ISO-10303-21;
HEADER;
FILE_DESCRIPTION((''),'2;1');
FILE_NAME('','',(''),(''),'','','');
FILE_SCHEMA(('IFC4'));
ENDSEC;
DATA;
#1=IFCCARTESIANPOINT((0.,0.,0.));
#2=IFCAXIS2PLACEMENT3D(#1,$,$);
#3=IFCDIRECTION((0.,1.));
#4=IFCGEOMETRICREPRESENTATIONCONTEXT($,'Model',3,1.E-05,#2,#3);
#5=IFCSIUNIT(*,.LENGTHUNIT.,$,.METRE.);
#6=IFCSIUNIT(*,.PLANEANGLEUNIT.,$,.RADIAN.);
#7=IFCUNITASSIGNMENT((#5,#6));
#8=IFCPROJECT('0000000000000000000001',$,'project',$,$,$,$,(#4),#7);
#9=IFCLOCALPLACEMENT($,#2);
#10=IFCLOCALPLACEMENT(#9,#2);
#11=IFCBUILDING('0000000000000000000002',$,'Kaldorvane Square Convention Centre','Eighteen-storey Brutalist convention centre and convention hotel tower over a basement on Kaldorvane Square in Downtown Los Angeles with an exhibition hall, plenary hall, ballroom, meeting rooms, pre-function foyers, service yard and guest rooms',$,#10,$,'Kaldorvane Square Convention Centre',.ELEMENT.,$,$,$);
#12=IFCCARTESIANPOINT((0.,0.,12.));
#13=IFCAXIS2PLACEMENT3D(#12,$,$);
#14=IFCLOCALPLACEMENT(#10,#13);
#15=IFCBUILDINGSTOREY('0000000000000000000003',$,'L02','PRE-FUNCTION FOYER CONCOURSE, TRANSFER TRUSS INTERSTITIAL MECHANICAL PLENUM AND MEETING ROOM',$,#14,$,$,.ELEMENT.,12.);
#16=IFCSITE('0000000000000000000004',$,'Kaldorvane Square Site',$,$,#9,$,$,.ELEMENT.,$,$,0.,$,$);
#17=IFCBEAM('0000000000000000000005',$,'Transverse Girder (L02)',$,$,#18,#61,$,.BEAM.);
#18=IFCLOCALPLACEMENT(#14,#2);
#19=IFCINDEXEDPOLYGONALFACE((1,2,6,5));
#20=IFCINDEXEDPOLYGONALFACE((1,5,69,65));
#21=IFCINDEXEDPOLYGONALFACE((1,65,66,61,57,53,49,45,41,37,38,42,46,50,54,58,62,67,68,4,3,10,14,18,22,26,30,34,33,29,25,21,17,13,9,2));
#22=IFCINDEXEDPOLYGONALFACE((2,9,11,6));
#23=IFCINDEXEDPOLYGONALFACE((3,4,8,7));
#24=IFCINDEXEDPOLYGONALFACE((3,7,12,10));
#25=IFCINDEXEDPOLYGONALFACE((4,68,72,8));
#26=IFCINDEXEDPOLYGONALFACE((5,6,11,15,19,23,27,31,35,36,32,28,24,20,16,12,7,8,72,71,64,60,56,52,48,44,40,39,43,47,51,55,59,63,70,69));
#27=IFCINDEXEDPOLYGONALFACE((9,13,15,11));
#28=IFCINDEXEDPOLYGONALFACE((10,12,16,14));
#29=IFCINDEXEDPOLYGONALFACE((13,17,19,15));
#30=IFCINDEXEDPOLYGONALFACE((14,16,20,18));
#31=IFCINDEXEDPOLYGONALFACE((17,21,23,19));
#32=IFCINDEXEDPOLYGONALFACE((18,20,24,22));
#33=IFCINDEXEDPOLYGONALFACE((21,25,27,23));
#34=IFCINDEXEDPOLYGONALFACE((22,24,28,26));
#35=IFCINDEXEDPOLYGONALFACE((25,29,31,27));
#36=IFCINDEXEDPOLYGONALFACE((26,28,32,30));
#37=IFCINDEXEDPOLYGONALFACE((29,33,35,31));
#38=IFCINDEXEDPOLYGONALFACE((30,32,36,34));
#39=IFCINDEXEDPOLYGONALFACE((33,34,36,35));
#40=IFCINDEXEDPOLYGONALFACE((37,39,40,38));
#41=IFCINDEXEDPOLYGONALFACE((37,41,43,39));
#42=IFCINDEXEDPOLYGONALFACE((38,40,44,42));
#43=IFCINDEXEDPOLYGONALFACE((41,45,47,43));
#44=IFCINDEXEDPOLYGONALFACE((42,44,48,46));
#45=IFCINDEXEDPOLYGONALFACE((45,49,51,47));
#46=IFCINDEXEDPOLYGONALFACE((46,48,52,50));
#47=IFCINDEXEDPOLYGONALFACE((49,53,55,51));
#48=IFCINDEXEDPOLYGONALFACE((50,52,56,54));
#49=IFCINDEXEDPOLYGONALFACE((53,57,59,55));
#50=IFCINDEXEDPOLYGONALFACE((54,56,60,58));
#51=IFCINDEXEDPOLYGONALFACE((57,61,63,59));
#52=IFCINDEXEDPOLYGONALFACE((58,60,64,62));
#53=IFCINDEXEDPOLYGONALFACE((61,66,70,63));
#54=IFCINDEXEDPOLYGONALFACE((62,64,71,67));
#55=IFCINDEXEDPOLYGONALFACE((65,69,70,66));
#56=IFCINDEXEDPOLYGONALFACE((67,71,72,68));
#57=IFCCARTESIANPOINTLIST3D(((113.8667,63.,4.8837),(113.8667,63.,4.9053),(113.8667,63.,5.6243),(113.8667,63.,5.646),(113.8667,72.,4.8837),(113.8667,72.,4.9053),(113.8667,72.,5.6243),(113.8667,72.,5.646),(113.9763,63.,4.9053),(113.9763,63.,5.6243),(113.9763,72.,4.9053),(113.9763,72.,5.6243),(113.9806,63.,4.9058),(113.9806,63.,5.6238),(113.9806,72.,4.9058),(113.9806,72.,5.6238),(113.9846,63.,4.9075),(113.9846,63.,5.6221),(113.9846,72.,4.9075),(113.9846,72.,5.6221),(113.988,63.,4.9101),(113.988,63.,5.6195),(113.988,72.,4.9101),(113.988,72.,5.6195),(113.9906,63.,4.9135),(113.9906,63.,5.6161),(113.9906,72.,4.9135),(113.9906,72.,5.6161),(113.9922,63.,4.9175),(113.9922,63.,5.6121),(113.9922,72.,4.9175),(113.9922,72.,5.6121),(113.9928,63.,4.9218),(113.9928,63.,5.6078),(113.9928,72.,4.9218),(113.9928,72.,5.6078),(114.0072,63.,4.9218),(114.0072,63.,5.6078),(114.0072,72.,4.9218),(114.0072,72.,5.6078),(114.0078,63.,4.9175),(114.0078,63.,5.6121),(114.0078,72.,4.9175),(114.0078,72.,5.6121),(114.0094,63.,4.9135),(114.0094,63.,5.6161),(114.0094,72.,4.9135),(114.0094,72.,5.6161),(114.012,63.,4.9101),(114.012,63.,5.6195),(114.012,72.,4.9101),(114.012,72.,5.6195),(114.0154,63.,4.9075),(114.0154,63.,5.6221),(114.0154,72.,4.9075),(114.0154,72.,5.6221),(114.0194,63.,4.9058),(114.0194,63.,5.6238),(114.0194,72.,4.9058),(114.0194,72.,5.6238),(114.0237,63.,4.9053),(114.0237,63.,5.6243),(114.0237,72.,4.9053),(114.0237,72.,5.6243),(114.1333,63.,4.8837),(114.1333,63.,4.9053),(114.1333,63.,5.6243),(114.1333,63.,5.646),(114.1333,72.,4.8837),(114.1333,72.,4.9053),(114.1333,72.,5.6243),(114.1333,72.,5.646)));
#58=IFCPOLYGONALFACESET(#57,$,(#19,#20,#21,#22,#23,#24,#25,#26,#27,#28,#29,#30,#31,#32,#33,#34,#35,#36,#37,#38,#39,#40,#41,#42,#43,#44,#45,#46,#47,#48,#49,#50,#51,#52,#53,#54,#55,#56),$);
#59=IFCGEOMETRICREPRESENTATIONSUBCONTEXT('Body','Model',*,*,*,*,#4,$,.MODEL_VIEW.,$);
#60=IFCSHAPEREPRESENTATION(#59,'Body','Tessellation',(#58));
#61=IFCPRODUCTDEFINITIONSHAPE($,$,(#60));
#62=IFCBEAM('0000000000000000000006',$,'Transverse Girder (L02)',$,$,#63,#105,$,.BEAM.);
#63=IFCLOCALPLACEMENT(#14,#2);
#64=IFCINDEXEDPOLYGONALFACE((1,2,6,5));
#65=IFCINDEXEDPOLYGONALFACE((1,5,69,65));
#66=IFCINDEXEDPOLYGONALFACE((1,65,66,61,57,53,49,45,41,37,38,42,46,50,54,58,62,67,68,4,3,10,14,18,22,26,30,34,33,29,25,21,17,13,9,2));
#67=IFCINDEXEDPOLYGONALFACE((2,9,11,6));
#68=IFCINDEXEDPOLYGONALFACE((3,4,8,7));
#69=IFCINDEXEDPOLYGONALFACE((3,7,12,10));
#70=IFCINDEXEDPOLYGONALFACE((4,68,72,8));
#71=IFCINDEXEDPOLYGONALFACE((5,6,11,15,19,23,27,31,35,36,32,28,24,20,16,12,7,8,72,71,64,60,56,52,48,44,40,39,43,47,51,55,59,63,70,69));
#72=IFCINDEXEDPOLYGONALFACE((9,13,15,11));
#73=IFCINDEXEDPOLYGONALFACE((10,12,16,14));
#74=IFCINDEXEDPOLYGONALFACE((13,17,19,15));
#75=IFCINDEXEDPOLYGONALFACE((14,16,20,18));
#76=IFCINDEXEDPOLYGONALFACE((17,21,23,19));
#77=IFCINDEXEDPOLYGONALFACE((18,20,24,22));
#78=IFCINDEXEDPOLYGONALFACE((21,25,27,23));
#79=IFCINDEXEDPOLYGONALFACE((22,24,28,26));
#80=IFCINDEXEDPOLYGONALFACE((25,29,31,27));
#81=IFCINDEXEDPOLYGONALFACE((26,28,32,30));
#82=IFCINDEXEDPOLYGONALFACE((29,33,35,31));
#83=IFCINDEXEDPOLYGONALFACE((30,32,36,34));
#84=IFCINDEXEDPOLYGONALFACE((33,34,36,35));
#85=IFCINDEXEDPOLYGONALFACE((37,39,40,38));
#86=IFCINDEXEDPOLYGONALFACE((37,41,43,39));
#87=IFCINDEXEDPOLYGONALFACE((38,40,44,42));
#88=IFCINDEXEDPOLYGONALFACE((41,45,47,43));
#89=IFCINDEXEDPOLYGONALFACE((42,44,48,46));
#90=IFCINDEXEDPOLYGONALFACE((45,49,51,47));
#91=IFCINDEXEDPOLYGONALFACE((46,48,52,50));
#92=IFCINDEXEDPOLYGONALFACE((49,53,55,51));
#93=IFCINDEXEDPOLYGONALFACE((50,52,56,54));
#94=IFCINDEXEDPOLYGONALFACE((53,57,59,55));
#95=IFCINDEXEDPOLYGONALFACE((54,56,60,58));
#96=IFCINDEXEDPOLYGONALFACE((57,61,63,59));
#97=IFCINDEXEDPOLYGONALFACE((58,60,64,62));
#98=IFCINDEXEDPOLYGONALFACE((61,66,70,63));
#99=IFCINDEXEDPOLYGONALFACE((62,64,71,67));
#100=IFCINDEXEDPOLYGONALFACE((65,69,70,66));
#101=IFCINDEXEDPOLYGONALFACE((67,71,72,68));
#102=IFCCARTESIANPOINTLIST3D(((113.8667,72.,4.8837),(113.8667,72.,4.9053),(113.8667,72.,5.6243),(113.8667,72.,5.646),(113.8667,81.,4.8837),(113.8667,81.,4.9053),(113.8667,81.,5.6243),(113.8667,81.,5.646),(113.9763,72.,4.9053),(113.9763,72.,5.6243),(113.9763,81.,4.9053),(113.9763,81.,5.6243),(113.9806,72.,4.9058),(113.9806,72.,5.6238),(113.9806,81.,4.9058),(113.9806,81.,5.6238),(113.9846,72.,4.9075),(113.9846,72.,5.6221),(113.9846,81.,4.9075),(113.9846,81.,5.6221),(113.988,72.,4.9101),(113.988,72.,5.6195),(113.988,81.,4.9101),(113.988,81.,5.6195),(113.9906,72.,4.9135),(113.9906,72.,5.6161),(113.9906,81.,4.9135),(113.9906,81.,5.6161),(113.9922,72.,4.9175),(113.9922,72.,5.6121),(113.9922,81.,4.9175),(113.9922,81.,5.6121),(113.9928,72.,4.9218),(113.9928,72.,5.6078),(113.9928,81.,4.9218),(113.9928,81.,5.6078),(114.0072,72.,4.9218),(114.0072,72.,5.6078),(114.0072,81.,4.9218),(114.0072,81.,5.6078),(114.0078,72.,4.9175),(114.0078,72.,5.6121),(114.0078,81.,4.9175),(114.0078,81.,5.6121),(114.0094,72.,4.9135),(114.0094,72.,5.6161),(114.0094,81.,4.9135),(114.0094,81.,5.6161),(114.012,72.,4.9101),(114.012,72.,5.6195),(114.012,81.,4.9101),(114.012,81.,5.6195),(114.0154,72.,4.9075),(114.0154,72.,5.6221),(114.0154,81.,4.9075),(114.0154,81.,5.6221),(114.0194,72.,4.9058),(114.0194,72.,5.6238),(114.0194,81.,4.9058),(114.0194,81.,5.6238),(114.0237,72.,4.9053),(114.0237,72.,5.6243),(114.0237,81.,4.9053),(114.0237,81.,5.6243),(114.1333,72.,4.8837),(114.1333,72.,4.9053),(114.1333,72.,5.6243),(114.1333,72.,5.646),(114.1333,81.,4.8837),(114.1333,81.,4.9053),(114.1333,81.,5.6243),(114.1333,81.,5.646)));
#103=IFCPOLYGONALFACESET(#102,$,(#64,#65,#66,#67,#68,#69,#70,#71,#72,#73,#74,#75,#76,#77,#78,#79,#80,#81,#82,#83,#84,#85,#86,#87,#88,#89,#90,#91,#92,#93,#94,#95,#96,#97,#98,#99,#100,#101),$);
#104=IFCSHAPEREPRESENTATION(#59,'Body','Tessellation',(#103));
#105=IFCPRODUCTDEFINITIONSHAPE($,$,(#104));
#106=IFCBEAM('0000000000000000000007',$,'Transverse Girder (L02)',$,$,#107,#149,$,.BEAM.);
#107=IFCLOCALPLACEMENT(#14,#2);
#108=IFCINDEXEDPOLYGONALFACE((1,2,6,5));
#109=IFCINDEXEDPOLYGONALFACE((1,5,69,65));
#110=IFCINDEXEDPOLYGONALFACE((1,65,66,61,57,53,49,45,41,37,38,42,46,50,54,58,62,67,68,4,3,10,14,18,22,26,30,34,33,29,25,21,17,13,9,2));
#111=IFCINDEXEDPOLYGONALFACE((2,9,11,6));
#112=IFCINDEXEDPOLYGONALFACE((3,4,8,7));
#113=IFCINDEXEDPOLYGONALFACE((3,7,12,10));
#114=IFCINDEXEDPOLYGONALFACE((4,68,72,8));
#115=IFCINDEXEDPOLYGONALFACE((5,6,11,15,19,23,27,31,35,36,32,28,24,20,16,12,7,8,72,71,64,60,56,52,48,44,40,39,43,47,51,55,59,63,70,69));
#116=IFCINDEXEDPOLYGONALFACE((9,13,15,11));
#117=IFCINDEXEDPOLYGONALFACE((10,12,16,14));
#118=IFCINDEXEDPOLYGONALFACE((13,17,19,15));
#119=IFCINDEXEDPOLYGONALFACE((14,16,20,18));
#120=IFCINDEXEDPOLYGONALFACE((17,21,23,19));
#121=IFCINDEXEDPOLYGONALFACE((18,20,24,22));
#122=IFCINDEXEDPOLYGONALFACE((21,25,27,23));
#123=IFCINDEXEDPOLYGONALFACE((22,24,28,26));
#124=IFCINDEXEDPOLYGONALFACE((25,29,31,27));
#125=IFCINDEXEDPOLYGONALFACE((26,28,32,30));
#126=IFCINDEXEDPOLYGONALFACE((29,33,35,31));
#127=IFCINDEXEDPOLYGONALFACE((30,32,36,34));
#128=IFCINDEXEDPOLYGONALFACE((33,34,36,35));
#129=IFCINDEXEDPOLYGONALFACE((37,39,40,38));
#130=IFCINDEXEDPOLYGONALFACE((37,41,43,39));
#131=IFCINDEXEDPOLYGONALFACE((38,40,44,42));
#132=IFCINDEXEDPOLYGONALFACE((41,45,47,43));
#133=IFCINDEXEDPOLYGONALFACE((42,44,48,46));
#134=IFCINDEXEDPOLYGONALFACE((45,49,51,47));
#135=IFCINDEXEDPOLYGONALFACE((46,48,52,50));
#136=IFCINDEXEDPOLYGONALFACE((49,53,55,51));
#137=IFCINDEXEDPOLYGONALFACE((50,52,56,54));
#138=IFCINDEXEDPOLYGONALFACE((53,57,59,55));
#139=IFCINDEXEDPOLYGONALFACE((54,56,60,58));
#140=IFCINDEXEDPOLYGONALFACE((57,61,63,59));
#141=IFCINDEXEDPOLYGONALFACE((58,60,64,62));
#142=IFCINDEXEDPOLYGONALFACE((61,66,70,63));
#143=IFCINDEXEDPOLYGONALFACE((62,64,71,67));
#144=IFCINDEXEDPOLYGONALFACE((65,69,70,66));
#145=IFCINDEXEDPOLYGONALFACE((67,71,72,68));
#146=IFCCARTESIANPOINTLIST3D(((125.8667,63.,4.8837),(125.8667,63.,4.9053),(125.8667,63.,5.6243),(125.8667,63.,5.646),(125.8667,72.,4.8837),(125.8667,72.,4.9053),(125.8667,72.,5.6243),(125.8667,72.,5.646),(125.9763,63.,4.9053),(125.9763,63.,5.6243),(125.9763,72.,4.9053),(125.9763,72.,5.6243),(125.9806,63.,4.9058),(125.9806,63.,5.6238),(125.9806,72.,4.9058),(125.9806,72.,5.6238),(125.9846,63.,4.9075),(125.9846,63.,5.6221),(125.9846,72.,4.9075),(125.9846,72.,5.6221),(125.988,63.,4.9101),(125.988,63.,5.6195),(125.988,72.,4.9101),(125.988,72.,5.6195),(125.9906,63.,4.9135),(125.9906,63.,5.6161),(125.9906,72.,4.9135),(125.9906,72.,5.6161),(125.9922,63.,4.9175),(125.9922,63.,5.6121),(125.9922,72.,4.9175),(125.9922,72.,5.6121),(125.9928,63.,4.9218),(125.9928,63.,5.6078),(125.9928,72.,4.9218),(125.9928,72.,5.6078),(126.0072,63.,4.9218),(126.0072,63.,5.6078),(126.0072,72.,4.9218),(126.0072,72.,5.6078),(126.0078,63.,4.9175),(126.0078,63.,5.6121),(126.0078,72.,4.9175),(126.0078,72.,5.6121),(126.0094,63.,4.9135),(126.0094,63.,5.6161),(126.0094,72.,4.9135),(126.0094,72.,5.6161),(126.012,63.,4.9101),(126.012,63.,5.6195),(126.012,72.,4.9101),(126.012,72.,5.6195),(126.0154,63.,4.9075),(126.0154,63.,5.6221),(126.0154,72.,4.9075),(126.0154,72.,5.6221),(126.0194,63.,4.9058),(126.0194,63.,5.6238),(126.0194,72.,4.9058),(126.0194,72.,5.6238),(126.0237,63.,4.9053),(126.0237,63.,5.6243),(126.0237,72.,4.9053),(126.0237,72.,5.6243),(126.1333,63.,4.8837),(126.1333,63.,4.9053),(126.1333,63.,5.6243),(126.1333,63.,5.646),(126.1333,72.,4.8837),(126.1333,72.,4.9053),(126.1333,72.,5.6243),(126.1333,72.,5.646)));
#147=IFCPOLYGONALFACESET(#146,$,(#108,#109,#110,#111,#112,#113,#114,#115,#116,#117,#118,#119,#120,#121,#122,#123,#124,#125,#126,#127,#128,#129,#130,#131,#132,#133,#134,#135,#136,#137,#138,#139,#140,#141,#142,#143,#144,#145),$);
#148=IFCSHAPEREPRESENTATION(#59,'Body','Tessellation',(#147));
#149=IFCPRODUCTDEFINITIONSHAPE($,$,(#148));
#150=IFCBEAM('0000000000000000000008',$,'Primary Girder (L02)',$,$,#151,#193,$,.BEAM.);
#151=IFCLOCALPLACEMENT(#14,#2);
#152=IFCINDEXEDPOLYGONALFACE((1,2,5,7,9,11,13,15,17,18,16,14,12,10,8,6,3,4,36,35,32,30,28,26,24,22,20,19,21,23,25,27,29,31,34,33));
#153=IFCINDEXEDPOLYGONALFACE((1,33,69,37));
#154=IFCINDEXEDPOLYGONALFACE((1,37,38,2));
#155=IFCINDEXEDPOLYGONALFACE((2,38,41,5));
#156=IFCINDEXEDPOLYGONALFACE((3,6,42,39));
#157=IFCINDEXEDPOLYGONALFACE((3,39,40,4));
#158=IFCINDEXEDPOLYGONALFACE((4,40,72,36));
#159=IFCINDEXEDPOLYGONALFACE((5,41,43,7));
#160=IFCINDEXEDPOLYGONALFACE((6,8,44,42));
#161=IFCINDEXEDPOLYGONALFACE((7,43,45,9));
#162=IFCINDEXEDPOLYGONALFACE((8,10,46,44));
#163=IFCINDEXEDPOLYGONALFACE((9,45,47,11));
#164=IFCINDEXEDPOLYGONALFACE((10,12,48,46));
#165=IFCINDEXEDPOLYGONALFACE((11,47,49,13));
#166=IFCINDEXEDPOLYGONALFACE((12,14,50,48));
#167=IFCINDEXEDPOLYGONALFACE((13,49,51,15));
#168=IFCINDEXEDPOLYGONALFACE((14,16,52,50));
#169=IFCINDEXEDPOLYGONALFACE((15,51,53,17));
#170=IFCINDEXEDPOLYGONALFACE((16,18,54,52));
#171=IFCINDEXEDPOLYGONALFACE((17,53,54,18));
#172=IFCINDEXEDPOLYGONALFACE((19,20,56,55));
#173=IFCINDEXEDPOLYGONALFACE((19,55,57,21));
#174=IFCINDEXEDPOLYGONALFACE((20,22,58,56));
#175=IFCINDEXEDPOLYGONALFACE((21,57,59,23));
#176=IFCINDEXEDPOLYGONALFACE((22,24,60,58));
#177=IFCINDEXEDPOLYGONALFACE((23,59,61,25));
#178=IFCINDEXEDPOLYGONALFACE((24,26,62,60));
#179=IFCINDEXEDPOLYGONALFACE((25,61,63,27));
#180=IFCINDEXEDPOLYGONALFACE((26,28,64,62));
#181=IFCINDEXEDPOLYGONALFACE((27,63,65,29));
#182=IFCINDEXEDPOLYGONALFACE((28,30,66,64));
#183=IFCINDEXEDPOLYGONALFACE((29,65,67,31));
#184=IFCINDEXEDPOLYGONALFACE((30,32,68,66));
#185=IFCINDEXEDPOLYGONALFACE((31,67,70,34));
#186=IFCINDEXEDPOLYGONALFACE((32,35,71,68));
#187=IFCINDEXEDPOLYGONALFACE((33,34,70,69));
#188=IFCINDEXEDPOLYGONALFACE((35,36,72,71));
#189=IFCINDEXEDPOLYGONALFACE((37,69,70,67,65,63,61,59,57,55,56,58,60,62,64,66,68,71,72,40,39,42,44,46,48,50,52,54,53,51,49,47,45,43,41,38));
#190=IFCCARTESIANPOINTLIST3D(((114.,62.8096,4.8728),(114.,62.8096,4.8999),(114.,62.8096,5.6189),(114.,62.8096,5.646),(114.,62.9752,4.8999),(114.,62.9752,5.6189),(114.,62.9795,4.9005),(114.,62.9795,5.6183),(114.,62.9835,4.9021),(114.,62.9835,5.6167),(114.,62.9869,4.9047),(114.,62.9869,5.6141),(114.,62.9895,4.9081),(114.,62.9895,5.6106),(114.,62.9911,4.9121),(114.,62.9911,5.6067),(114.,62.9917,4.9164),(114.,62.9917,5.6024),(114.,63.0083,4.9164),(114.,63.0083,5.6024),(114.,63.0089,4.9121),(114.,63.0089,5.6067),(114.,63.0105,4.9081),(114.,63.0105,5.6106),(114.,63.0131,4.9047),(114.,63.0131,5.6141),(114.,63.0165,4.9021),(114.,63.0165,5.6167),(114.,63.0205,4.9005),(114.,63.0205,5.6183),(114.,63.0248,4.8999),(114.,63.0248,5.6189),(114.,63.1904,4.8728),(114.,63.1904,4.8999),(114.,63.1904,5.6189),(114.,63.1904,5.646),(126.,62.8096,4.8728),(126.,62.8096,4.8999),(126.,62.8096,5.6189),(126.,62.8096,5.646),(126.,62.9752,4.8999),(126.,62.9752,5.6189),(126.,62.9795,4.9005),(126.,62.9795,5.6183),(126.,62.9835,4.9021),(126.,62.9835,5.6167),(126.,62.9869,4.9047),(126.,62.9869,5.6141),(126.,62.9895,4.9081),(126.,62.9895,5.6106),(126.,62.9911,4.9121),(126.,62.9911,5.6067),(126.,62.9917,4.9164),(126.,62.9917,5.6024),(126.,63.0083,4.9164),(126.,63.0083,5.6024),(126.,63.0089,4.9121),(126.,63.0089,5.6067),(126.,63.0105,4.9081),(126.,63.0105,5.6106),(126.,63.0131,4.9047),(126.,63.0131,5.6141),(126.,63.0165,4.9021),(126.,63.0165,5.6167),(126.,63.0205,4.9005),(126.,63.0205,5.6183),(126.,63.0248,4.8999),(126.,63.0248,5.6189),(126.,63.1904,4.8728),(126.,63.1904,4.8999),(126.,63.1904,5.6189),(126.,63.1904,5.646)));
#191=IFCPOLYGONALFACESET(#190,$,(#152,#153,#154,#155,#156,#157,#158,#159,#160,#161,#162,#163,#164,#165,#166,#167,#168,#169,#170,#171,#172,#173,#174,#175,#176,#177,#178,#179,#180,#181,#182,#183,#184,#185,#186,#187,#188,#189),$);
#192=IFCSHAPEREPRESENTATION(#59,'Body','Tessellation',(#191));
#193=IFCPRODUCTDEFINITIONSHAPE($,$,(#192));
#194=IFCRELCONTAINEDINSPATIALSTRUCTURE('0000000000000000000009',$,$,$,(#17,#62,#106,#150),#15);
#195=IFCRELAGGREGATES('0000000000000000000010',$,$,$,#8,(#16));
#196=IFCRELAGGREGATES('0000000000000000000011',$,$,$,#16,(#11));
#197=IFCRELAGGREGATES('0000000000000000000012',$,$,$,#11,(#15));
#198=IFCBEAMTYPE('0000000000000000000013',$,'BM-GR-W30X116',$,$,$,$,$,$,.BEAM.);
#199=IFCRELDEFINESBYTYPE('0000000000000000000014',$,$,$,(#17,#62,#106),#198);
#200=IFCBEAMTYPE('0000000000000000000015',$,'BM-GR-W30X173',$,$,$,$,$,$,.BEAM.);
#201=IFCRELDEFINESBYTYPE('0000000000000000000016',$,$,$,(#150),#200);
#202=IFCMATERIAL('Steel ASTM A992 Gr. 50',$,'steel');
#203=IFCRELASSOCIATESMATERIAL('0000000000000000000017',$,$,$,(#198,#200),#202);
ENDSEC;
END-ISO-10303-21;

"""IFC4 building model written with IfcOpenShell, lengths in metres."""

from ifc_helpers import new_model, si_unit, direction, frame, origin, origin_2d, place, context, subcontext, project, spatial, i_section, extrude, material, material_profile, profile_set, type_object, element, save


model = new_model("IFC4")

# Units and contexts
model_context = context("Model", 3, precision=1e-05, world=origin(), true_north=direction((0.0, 1.0)))
body_context = subcontext(model_context, "Body", "Model", "MODEL_VIEW")
ifc_project = project(units=[si_unit("LENGTHUNIT", "METRE"), si_unit("PLANEANGLEUNIT", "RADIAN")], contexts=[model_context])

# Site, building, storey
site_placement = place(None, origin())
site = spatial("IfcSite", under=ifc_project, at=site_placement, Name="Kaldorvane Square Site", CompositionType="ELEMENT", RefElevation=0.0)
building_placement = place(site_placement, origin())
building = spatial("IfcBuilding", under=site, at=building_placement, Name="Kaldorvane Square Convention Centre", Description="Eighteen-storey Brutalist convention centre and convention hotel tower over a basement on Kaldorvane Square in Downtown Los Angeles with an exhibition hall, plenary hall, ballroom, meeting rooms, pre-function foyers, service yard and guest rooms", LongName="Kaldorvane Square Convention Centre", CompositionType="ELEMENT")
storey_placement = place(building_placement, frame((0.0, 0.0, 12.0)))
storey = spatial("IfcBuildingStorey", under=building, at=storey_placement, Name="L02", Description="PRE-FUNCTION FOYER CONCOURSE, TRANSFER TRUSS INTERSTITIAL MECHANICAL PLENUM AND MEETING ROOM", CompositionType="ELEMENT", Elevation=12.0)

# Shared definitions
ifc_material_1 = material(Name="Steel ASTM A992 Gr. 50", Category="steel")

# Beams
ifc_material_profile_1 = material_profile(ifc_material_1, i_section(OverallWidth=0.2666, OverallDepth=0.7623, WebThickness=0.0144, FlangeThickness=0.0216, FilletRadius=0.0165, at=origin_2d()), Name="W30X116")
ifc_profile_set_1 = profile_set([ifc_material_profile_1], Name="Steel ASTM A992 Gr. 50")
beam_type_1 = type_object("IfcBeamType", Name="BM-GR-W30X116", PredefinedType="BEAM", material=ifc_profile_set_1)
for number, where, z_axis, x_axis, name in (
    (1, (114.0, 63.0, 5.2648), (0.0, 1.0, 0.0), (-1.0, 0.0, 0.0), "Transverse Girder (L02)"),
    (2, (114.0, 72.0, 5.2648), (0.0, 1.0, 0.0), (-1.0, 0.0, 0.0), "Transverse Girder (L02)"),
    (3, (126.0, 63.0, 5.2648), (0.0, 1.0, 0.0), (-1.0, 0.0, 0.0), "Transverse Girder (L02)"),
):
    element("IfcBeam", number, at=place(storey_placement, frame(where, z_axis=z_axis, x_axis=x_axis)), inside=storey, type_object=beam_type_1, Name=name, PredefinedType="BEAM", context=body_context, shape_type="SweptSolid", body=[
        extrude(i_section(OverallWidth=0.2666, OverallDepth=0.7623, WebThickness=0.0144, FlangeThickness=0.0216, FilletRadius=0.0165, at=origin_2d()), origin(), (0.0, 0.0, 1.0), 9.0),
    ])
ifc_material_profile_2 = material_profile(ifc_material_1, i_section(OverallWidth=0.3807, OverallDepth=0.7732, WebThickness=0.0166, FlangeThickness=0.0271, FilletRadius=0.0165, at=origin_2d()), Name="W30X173")
ifc_profile_set_2 = profile_set([ifc_material_profile_2], Name="Steel ASTM A992 Gr. 50")
beam_type_2 = type_object("IfcBeamType", Name="BM-GR-W30X173", PredefinedType="BEAM", material=ifc_profile_set_2)
for number, where, z_axis, x_axis, name in (
    (4, (114.0, 63.0, 5.2594), (1.0, 0.0, 0.0), (0.0, 1.0, 0.0), "Primary Girder (L02)"),
):
    element("IfcBeam", number, at=place(storey_placement, frame(where, z_axis=z_axis, x_axis=x_axis)), inside=storey, type_object=beam_type_2, Name=name, PredefinedType="BEAM", context=body_context, shape_type="SweptSolid", body=[
        extrude(i_section(OverallWidth=0.3807, OverallDepth=0.7732, WebThickness=0.0166, FlangeThickness=0.0271, FilletRadius=0.0165, at=origin_2d()), origin(), (0.0, 0.0, 1.0), 12.0),
    ])

save(model, "model.ifc")
